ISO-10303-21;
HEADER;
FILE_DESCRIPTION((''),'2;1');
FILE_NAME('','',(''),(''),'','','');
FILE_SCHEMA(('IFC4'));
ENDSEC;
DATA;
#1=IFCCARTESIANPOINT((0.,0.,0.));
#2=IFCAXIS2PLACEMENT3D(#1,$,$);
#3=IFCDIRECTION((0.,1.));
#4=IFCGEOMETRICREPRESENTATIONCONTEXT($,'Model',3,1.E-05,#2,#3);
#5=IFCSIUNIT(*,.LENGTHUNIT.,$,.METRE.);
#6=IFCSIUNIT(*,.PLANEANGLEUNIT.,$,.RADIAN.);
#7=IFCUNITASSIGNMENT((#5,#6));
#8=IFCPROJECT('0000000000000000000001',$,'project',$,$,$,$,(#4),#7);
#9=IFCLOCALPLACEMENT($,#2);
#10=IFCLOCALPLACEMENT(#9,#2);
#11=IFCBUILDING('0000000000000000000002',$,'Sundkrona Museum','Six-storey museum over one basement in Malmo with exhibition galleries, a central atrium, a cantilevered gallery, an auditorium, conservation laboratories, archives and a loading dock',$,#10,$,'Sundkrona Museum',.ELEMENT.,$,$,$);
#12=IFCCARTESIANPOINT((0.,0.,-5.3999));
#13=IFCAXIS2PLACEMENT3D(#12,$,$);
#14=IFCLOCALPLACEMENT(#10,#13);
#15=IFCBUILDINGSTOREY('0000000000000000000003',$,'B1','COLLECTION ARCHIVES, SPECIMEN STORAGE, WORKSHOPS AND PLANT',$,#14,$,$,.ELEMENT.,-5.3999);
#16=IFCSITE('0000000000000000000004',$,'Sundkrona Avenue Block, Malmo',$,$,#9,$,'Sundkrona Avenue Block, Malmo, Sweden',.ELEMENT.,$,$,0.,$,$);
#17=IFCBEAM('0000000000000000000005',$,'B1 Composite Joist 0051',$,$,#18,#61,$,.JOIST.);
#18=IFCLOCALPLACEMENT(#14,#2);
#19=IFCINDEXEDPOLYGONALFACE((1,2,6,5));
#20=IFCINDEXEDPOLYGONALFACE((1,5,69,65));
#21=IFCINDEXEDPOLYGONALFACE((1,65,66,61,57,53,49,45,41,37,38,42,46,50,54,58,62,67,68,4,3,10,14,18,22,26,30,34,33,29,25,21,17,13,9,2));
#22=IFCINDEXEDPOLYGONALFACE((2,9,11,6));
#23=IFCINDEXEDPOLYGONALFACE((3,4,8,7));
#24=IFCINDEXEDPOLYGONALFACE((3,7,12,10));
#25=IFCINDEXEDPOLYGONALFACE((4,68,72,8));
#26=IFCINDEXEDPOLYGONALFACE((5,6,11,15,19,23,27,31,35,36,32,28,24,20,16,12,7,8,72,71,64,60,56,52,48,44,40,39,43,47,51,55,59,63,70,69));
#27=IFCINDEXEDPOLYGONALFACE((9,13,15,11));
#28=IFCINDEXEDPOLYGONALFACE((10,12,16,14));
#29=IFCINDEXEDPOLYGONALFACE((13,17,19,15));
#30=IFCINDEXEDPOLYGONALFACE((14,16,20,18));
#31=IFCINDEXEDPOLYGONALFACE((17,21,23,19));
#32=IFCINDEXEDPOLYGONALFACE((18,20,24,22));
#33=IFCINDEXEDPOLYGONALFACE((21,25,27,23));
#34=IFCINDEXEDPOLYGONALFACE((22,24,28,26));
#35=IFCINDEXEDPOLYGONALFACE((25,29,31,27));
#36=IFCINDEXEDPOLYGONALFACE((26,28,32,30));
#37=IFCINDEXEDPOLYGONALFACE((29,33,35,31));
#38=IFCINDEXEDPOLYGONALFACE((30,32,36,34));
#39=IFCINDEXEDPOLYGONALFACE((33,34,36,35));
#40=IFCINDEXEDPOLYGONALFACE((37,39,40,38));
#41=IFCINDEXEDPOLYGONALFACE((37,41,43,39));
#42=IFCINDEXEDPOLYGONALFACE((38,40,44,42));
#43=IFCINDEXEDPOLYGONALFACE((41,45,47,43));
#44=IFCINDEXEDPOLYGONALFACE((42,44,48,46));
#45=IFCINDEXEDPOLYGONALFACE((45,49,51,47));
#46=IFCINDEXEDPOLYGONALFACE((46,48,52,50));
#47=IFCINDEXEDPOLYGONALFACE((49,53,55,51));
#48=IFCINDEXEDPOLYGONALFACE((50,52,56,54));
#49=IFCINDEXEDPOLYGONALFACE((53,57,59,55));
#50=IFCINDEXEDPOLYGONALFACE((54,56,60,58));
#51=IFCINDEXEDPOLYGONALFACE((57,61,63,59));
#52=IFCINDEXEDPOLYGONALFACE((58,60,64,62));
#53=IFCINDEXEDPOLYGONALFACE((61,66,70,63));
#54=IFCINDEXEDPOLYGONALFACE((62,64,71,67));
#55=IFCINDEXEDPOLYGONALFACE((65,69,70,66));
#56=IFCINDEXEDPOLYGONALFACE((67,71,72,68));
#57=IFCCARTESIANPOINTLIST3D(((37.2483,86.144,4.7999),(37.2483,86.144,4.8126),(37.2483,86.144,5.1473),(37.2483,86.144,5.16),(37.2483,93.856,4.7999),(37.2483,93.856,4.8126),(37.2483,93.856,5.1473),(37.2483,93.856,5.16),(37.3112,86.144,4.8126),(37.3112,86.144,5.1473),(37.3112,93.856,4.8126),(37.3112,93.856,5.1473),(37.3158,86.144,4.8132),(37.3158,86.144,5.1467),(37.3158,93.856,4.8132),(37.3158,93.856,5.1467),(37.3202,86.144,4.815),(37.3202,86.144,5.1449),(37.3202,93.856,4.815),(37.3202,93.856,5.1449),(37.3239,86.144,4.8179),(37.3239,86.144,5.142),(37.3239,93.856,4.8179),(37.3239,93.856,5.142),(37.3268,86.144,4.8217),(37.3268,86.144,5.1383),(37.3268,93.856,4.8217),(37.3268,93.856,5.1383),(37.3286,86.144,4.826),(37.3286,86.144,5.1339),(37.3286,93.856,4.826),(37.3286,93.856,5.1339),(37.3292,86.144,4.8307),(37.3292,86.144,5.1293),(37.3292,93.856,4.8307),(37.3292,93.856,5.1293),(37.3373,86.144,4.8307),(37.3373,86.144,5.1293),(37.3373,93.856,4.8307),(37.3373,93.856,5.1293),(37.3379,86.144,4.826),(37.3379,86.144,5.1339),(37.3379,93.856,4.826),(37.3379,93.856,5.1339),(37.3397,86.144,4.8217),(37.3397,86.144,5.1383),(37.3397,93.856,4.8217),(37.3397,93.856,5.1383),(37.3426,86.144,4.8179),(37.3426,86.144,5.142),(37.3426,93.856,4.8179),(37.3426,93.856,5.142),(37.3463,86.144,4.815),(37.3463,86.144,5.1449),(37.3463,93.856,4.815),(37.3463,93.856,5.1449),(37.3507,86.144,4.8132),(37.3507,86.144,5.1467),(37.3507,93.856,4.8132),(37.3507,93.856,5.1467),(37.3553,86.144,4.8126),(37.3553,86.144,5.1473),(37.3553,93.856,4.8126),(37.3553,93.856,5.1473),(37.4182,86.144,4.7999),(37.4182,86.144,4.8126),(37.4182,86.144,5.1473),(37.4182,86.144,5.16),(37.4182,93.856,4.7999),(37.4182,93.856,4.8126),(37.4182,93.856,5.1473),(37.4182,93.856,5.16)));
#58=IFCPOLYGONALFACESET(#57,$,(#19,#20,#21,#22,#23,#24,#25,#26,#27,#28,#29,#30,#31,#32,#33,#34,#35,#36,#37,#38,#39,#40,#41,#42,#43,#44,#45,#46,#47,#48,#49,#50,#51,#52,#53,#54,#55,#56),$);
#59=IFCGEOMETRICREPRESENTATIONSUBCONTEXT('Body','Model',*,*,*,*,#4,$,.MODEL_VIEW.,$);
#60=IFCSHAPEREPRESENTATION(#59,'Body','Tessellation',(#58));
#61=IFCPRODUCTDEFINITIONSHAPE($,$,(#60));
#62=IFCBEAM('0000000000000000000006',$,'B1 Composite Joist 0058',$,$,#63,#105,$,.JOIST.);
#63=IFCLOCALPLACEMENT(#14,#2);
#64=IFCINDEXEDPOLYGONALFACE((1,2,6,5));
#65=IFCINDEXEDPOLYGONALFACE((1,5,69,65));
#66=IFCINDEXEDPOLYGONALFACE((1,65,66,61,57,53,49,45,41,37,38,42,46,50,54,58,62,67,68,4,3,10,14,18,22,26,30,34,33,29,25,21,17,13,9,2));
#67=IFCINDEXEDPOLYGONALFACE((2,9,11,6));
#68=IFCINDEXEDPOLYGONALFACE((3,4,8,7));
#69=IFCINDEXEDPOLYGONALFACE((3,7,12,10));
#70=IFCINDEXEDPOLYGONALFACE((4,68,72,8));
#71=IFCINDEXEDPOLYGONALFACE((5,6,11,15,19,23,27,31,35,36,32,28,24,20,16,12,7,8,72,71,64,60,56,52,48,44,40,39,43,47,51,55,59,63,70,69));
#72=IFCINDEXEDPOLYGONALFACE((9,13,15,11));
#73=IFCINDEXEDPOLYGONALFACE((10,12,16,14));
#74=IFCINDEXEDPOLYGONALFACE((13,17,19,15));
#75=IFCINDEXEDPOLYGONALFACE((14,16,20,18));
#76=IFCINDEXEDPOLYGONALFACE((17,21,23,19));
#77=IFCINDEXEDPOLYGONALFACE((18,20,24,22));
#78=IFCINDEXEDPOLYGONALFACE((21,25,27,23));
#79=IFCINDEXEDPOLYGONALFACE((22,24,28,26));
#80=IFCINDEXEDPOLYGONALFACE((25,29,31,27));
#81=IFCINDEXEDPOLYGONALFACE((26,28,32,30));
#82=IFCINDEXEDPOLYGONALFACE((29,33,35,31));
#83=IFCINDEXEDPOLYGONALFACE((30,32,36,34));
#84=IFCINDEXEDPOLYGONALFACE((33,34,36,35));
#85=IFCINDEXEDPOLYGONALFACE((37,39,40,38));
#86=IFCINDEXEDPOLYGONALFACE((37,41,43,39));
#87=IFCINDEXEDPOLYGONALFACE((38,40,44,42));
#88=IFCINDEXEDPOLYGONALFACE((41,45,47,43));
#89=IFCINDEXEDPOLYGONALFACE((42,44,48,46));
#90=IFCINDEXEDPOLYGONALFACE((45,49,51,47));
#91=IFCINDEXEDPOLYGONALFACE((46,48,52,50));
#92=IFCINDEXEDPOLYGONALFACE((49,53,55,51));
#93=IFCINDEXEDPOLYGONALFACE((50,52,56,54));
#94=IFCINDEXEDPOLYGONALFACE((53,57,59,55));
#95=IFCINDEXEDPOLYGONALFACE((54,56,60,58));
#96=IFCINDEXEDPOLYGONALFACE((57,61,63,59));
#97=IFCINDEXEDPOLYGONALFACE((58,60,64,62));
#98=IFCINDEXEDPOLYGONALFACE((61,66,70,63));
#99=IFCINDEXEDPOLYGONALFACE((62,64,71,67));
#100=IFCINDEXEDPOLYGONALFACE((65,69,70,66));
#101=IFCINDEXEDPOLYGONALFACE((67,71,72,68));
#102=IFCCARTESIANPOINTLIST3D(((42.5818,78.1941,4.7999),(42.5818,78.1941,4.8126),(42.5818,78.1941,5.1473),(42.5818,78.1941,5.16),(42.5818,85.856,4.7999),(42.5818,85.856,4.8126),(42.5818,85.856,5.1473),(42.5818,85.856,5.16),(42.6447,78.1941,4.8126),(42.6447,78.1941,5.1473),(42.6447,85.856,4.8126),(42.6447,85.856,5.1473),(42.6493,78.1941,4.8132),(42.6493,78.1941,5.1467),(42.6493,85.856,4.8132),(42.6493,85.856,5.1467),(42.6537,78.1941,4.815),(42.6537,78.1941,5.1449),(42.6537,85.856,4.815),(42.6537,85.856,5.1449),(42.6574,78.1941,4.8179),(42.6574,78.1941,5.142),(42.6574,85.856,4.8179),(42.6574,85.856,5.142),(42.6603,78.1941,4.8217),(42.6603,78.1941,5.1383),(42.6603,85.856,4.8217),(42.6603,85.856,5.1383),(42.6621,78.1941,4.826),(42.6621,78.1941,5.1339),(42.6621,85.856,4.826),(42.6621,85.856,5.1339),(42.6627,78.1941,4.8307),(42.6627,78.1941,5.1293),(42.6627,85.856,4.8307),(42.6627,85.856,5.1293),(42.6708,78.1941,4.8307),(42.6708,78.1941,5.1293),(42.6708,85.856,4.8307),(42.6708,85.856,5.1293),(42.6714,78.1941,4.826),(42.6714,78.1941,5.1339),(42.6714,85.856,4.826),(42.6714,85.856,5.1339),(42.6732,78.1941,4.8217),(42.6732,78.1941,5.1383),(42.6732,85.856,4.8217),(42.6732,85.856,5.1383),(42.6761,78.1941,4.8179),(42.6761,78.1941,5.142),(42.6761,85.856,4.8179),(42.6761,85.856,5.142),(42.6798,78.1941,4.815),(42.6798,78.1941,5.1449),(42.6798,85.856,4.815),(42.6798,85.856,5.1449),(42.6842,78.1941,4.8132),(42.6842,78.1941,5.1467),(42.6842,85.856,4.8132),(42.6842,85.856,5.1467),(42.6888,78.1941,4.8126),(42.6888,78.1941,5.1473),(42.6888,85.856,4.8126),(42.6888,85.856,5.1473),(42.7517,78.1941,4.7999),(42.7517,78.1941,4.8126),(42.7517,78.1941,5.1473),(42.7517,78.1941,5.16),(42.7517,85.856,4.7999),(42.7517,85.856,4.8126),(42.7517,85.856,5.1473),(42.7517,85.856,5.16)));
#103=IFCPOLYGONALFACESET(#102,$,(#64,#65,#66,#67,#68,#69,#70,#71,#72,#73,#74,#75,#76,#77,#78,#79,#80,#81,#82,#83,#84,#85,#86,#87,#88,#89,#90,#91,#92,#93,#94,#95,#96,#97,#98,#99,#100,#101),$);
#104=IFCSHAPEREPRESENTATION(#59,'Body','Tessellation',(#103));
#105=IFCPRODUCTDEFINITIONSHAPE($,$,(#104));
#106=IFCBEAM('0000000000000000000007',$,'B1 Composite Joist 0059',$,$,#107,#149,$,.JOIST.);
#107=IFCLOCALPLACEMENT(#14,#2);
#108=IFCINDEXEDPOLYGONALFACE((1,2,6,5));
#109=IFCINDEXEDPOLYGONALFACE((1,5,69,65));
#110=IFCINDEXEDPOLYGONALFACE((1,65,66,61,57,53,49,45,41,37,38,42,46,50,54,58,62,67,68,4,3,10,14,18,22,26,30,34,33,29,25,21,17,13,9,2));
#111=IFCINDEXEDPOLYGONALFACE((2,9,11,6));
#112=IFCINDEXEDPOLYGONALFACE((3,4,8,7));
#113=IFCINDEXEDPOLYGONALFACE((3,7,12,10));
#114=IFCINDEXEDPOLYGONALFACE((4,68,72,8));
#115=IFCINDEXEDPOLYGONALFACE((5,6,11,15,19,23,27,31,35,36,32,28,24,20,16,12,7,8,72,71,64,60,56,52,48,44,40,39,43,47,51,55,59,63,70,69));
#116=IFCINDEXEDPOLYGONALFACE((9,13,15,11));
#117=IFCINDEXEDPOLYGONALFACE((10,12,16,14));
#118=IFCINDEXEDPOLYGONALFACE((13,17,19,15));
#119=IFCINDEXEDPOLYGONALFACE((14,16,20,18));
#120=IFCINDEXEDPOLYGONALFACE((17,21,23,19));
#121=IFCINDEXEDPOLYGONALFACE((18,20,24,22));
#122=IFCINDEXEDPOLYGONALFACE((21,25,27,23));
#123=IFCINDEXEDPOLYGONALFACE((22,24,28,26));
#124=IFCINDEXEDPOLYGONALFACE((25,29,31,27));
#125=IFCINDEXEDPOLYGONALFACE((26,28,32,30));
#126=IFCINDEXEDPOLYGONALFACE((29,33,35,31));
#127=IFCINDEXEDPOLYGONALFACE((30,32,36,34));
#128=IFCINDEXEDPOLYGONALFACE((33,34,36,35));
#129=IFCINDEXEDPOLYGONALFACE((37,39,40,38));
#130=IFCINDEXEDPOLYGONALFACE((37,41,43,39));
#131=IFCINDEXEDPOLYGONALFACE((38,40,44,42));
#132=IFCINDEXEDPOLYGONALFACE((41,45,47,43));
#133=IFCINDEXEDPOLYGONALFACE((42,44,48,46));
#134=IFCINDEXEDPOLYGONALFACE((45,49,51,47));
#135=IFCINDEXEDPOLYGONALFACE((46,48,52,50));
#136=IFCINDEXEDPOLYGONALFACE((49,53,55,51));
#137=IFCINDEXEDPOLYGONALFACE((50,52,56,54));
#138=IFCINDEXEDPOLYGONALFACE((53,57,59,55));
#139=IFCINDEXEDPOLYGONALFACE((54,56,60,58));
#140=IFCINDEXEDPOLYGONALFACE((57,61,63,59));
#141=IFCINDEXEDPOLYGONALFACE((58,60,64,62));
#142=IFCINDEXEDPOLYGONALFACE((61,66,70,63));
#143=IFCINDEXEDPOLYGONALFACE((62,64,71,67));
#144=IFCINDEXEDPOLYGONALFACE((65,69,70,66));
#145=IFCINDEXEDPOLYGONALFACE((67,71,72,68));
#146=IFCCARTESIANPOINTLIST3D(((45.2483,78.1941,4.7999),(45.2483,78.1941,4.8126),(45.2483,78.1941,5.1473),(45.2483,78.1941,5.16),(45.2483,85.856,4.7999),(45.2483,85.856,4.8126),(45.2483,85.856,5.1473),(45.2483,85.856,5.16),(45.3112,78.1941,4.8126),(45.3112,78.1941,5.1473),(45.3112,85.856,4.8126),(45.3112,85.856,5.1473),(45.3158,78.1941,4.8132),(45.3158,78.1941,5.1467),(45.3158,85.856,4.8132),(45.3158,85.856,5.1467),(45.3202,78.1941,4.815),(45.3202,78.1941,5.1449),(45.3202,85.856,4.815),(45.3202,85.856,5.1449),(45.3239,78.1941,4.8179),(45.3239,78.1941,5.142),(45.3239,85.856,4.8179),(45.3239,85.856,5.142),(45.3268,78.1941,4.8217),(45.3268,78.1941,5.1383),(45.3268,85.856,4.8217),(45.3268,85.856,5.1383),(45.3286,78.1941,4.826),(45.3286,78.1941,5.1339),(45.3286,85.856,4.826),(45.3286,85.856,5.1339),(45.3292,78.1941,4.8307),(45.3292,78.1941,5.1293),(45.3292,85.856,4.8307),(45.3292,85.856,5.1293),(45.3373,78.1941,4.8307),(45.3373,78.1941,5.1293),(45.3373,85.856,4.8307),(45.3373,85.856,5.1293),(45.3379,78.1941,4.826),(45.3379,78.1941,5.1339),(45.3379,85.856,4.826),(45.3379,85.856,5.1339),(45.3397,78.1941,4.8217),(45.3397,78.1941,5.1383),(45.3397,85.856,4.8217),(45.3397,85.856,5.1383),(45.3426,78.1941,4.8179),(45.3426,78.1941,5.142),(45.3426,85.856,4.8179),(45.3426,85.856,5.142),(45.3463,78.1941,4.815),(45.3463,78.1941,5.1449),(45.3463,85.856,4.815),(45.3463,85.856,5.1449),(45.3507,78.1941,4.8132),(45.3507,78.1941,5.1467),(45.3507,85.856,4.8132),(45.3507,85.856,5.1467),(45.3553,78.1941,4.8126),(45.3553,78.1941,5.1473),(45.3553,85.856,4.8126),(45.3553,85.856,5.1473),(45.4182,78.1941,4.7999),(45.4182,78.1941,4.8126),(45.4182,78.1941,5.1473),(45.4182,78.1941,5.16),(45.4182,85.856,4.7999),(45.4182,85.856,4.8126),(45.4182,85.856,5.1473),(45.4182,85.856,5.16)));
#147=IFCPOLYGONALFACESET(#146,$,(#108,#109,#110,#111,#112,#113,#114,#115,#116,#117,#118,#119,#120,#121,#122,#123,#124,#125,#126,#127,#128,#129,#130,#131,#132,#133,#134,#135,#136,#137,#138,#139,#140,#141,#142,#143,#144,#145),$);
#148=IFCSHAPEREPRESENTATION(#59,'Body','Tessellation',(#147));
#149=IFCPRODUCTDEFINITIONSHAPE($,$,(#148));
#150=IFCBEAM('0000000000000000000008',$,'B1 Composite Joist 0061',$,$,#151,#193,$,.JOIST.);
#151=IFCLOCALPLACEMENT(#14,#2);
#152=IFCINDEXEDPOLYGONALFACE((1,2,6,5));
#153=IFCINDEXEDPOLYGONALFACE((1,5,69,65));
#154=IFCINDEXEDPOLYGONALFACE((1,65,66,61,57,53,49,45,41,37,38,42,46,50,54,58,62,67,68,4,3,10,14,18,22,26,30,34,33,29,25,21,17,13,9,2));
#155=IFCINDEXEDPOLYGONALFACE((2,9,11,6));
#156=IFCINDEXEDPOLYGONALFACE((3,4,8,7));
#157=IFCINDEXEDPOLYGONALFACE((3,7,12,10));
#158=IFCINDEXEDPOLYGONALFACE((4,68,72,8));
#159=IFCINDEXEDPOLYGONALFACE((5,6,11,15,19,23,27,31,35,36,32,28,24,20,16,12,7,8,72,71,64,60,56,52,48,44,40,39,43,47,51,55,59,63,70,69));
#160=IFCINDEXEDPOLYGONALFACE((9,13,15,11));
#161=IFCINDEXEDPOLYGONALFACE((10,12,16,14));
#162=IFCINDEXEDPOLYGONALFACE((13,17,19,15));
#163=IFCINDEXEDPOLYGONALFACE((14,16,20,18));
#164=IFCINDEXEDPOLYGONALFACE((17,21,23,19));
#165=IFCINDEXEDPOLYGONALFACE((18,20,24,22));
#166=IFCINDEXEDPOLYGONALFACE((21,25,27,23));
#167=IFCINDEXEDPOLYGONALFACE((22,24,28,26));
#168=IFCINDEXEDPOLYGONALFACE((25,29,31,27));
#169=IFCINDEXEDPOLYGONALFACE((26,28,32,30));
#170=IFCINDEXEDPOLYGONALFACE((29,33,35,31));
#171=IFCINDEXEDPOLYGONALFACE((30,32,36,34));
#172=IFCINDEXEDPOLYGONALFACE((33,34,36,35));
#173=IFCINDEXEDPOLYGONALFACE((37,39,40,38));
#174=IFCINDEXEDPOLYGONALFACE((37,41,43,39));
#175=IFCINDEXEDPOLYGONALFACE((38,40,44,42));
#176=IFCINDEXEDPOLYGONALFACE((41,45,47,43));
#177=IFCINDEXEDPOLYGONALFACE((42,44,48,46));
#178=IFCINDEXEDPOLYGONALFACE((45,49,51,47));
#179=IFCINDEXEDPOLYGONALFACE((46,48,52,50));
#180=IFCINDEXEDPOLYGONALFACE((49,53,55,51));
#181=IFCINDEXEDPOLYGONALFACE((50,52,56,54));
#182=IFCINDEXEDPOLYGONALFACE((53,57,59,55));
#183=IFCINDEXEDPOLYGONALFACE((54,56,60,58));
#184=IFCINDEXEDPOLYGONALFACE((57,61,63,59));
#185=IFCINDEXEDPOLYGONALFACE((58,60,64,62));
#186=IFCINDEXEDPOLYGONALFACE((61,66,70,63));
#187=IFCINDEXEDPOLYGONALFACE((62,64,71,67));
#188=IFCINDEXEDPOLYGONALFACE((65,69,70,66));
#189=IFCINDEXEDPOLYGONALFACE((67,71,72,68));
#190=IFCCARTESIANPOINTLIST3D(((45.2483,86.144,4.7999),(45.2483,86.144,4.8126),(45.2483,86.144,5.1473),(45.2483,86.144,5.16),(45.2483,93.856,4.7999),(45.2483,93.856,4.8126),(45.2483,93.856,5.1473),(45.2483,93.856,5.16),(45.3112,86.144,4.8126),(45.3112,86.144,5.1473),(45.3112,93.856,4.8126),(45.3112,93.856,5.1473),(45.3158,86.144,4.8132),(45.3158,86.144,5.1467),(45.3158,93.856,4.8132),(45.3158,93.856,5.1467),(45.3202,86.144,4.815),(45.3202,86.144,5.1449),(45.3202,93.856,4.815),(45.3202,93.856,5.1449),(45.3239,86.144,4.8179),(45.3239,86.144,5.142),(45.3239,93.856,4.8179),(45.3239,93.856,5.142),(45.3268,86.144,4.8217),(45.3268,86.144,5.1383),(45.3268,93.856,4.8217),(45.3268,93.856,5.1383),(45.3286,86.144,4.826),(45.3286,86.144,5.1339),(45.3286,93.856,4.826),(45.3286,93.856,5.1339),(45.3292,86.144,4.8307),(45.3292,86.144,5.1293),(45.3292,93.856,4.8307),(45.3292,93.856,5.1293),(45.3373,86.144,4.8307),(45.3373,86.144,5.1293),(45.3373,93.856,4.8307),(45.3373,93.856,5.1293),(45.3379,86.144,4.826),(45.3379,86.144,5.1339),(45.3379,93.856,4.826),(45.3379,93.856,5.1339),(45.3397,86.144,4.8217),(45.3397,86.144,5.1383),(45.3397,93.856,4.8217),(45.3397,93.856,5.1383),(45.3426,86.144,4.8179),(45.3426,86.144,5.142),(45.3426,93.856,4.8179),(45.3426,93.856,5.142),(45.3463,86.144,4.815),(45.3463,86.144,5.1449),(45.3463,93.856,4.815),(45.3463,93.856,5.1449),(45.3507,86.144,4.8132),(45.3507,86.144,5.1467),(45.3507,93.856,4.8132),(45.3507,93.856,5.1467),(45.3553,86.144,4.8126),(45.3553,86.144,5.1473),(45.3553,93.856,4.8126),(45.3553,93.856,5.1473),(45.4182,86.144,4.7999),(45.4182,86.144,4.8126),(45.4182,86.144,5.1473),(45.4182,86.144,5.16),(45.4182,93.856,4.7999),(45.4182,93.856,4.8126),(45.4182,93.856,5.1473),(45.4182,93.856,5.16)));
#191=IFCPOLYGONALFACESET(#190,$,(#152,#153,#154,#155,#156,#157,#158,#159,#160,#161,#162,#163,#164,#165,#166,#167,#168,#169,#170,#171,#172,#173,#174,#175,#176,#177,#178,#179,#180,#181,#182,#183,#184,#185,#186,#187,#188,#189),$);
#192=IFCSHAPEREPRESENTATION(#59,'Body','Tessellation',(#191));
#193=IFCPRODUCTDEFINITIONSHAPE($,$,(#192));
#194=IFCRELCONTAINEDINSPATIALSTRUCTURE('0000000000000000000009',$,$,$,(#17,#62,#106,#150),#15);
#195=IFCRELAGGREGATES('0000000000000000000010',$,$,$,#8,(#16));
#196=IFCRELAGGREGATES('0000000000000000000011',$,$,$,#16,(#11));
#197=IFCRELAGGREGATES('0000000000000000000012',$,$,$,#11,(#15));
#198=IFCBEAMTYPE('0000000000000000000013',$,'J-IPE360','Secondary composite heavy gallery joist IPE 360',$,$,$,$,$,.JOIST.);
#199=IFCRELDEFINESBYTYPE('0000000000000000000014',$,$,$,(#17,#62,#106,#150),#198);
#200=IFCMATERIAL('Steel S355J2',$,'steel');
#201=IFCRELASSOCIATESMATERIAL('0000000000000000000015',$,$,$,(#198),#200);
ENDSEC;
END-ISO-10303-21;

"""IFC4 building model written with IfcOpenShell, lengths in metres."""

from ifc_helpers import new_model, si_unit, direction, frame, origin, origin_2d, place, context, subcontext, project, spatial, i_section, extrude, material, material_profile, profile_set, type_object, element, save


model = new_model("IFC4")

# Units and contexts
model_context = context("Model", 3, precision=1e-05, world=origin(), true_north=direction((0.0, 1.0)))
body_context = subcontext(model_context, "Body", "Model", "MODEL_VIEW")
ifc_project = project(units=[si_unit("LENGTHUNIT", "METRE"), si_unit("PLANEANGLEUNIT", "RADIAN")], contexts=[model_context])

# Site, building, storey
site_placement = place(None, origin())
site = spatial("IfcSite", under=ifc_project, at=site_placement, Name="Sundkrona Avenue Block, Malmo", LongName="Sundkrona Avenue Block, Malmo, Sweden", CompositionType="ELEMENT", RefElevation=0.0)
building_placement = place(site_placement, origin())
building = spatial("IfcBuilding", under=site, at=building_placement, Name="Sundkrona Museum", Description="Six-storey museum over one basement in Malmo with exhibition galleries, a central atrium, a cantilevered gallery, an auditorium, conservation laboratories, archives and a loading dock", LongName="Sundkrona Museum", CompositionType="ELEMENT")
storey_placement = place(building_placement, frame((0.0, 0.0, -5.3999)))
storey = spatial("IfcBuildingStorey", under=building, at=storey_placement, Name="B1", Description="COLLECTION ARCHIVES, SPECIMEN STORAGE, WORKSHOPS AND PLANT", CompositionType="ELEMENT", Elevation=-5.3999)

# Beams
ifc_material_1 = material(Name="Steel S355J2", Category="steel")
ifc_material_profile_1 = material_profile(ifc_material_1, i_section(OverallWidth=0.1699, OverallDepth=0.3601, WebThickness=0.0081, FlangeThickness=0.0127, FilletRadius=0.0181, at=origin_2d()), Name="IPE 360")
ifc_profile_set_1 = profile_set([ifc_material_profile_1], Name="Steel S355J2")
beam_type_1 = type_object("IfcBeamType", Name="J-IPE360", Description="Secondary composite heavy gallery joist IPE 360", PredefinedType="JOIST", material=ifc_profile_set_1)
for number, where, z_axis, x_axis, name in (
    (1, (37.3333, 86.144, 4.98), (0.0, 1.0, 0.0), (-1.0, 0.0, 0.0), "B1 Composite Joist 0051"),
):
    element("IfcBeam", number, at=place(storey_placement, frame(where, z_axis=z_axis, x_axis=x_axis)), inside=storey, type_object=beam_type_1, Name=name, PredefinedType="JOIST", context=body_context, shape_type="SweptSolid", body=[
        extrude(i_section(OverallWidth=0.1699, OverallDepth=0.3601, WebThickness=0.0081, FlangeThickness=0.0127, FilletRadius=0.0181, at=origin_2d()), origin(), (0.0, 0.0, 1.0), 7.7119),
    ])
for number, where, z_axis, x_axis, name in (
    (2, (42.6667, 78.1941, 4.98), (0.0, 1.0, 0.0), (-1.0, 0.0, 0.0), "B1 Composite Joist 0058"),
    (3, (45.3333, 78.1941, 4.98), (0.0, 1.0, 0.0), (-1.0, 0.0, 0.0), "B1 Composite Joist 0059"),
):
    element("IfcBeam", number, at=place(storey_placement, frame(where, z_axis=z_axis, x_axis=x_axis)), inside=storey, type_object=beam_type_1, Name=name, PredefinedType="JOIST", context=body_context, shape_type="SweptSolid", body=[
        extrude(i_section(OverallWidth=0.1699, OverallDepth=0.3601, WebThickness=0.0081, FlangeThickness=0.0127, FilletRadius=0.0181, at=origin_2d()), origin(), (0.0, 0.0, 1.0), 7.6619),
    ])
beam_1_placement = place(storey_placement, frame((45.3333, 86.144, 4.98), z_axis=(0.0, 1.0, 0.0), x_axis=(-1.0, 0.0, 0.0)))
element("IfcBeam", 4, at=beam_1_placement, inside=storey, type_object=beam_type_1, Name="B1 Composite Joist 0061", PredefinedType="JOIST", context=body_context, shape_type="SweptSolid", body=[
    extrude(i_section(OverallWidth=0.1699, OverallDepth=0.3601, WebThickness=0.0081, FlangeThickness=0.0127, FilletRadius=0.0181, at=origin_2d()), origin(), (0.0, 0.0, 1.0), 7.7119),
])

save(model, "model.ifc")
